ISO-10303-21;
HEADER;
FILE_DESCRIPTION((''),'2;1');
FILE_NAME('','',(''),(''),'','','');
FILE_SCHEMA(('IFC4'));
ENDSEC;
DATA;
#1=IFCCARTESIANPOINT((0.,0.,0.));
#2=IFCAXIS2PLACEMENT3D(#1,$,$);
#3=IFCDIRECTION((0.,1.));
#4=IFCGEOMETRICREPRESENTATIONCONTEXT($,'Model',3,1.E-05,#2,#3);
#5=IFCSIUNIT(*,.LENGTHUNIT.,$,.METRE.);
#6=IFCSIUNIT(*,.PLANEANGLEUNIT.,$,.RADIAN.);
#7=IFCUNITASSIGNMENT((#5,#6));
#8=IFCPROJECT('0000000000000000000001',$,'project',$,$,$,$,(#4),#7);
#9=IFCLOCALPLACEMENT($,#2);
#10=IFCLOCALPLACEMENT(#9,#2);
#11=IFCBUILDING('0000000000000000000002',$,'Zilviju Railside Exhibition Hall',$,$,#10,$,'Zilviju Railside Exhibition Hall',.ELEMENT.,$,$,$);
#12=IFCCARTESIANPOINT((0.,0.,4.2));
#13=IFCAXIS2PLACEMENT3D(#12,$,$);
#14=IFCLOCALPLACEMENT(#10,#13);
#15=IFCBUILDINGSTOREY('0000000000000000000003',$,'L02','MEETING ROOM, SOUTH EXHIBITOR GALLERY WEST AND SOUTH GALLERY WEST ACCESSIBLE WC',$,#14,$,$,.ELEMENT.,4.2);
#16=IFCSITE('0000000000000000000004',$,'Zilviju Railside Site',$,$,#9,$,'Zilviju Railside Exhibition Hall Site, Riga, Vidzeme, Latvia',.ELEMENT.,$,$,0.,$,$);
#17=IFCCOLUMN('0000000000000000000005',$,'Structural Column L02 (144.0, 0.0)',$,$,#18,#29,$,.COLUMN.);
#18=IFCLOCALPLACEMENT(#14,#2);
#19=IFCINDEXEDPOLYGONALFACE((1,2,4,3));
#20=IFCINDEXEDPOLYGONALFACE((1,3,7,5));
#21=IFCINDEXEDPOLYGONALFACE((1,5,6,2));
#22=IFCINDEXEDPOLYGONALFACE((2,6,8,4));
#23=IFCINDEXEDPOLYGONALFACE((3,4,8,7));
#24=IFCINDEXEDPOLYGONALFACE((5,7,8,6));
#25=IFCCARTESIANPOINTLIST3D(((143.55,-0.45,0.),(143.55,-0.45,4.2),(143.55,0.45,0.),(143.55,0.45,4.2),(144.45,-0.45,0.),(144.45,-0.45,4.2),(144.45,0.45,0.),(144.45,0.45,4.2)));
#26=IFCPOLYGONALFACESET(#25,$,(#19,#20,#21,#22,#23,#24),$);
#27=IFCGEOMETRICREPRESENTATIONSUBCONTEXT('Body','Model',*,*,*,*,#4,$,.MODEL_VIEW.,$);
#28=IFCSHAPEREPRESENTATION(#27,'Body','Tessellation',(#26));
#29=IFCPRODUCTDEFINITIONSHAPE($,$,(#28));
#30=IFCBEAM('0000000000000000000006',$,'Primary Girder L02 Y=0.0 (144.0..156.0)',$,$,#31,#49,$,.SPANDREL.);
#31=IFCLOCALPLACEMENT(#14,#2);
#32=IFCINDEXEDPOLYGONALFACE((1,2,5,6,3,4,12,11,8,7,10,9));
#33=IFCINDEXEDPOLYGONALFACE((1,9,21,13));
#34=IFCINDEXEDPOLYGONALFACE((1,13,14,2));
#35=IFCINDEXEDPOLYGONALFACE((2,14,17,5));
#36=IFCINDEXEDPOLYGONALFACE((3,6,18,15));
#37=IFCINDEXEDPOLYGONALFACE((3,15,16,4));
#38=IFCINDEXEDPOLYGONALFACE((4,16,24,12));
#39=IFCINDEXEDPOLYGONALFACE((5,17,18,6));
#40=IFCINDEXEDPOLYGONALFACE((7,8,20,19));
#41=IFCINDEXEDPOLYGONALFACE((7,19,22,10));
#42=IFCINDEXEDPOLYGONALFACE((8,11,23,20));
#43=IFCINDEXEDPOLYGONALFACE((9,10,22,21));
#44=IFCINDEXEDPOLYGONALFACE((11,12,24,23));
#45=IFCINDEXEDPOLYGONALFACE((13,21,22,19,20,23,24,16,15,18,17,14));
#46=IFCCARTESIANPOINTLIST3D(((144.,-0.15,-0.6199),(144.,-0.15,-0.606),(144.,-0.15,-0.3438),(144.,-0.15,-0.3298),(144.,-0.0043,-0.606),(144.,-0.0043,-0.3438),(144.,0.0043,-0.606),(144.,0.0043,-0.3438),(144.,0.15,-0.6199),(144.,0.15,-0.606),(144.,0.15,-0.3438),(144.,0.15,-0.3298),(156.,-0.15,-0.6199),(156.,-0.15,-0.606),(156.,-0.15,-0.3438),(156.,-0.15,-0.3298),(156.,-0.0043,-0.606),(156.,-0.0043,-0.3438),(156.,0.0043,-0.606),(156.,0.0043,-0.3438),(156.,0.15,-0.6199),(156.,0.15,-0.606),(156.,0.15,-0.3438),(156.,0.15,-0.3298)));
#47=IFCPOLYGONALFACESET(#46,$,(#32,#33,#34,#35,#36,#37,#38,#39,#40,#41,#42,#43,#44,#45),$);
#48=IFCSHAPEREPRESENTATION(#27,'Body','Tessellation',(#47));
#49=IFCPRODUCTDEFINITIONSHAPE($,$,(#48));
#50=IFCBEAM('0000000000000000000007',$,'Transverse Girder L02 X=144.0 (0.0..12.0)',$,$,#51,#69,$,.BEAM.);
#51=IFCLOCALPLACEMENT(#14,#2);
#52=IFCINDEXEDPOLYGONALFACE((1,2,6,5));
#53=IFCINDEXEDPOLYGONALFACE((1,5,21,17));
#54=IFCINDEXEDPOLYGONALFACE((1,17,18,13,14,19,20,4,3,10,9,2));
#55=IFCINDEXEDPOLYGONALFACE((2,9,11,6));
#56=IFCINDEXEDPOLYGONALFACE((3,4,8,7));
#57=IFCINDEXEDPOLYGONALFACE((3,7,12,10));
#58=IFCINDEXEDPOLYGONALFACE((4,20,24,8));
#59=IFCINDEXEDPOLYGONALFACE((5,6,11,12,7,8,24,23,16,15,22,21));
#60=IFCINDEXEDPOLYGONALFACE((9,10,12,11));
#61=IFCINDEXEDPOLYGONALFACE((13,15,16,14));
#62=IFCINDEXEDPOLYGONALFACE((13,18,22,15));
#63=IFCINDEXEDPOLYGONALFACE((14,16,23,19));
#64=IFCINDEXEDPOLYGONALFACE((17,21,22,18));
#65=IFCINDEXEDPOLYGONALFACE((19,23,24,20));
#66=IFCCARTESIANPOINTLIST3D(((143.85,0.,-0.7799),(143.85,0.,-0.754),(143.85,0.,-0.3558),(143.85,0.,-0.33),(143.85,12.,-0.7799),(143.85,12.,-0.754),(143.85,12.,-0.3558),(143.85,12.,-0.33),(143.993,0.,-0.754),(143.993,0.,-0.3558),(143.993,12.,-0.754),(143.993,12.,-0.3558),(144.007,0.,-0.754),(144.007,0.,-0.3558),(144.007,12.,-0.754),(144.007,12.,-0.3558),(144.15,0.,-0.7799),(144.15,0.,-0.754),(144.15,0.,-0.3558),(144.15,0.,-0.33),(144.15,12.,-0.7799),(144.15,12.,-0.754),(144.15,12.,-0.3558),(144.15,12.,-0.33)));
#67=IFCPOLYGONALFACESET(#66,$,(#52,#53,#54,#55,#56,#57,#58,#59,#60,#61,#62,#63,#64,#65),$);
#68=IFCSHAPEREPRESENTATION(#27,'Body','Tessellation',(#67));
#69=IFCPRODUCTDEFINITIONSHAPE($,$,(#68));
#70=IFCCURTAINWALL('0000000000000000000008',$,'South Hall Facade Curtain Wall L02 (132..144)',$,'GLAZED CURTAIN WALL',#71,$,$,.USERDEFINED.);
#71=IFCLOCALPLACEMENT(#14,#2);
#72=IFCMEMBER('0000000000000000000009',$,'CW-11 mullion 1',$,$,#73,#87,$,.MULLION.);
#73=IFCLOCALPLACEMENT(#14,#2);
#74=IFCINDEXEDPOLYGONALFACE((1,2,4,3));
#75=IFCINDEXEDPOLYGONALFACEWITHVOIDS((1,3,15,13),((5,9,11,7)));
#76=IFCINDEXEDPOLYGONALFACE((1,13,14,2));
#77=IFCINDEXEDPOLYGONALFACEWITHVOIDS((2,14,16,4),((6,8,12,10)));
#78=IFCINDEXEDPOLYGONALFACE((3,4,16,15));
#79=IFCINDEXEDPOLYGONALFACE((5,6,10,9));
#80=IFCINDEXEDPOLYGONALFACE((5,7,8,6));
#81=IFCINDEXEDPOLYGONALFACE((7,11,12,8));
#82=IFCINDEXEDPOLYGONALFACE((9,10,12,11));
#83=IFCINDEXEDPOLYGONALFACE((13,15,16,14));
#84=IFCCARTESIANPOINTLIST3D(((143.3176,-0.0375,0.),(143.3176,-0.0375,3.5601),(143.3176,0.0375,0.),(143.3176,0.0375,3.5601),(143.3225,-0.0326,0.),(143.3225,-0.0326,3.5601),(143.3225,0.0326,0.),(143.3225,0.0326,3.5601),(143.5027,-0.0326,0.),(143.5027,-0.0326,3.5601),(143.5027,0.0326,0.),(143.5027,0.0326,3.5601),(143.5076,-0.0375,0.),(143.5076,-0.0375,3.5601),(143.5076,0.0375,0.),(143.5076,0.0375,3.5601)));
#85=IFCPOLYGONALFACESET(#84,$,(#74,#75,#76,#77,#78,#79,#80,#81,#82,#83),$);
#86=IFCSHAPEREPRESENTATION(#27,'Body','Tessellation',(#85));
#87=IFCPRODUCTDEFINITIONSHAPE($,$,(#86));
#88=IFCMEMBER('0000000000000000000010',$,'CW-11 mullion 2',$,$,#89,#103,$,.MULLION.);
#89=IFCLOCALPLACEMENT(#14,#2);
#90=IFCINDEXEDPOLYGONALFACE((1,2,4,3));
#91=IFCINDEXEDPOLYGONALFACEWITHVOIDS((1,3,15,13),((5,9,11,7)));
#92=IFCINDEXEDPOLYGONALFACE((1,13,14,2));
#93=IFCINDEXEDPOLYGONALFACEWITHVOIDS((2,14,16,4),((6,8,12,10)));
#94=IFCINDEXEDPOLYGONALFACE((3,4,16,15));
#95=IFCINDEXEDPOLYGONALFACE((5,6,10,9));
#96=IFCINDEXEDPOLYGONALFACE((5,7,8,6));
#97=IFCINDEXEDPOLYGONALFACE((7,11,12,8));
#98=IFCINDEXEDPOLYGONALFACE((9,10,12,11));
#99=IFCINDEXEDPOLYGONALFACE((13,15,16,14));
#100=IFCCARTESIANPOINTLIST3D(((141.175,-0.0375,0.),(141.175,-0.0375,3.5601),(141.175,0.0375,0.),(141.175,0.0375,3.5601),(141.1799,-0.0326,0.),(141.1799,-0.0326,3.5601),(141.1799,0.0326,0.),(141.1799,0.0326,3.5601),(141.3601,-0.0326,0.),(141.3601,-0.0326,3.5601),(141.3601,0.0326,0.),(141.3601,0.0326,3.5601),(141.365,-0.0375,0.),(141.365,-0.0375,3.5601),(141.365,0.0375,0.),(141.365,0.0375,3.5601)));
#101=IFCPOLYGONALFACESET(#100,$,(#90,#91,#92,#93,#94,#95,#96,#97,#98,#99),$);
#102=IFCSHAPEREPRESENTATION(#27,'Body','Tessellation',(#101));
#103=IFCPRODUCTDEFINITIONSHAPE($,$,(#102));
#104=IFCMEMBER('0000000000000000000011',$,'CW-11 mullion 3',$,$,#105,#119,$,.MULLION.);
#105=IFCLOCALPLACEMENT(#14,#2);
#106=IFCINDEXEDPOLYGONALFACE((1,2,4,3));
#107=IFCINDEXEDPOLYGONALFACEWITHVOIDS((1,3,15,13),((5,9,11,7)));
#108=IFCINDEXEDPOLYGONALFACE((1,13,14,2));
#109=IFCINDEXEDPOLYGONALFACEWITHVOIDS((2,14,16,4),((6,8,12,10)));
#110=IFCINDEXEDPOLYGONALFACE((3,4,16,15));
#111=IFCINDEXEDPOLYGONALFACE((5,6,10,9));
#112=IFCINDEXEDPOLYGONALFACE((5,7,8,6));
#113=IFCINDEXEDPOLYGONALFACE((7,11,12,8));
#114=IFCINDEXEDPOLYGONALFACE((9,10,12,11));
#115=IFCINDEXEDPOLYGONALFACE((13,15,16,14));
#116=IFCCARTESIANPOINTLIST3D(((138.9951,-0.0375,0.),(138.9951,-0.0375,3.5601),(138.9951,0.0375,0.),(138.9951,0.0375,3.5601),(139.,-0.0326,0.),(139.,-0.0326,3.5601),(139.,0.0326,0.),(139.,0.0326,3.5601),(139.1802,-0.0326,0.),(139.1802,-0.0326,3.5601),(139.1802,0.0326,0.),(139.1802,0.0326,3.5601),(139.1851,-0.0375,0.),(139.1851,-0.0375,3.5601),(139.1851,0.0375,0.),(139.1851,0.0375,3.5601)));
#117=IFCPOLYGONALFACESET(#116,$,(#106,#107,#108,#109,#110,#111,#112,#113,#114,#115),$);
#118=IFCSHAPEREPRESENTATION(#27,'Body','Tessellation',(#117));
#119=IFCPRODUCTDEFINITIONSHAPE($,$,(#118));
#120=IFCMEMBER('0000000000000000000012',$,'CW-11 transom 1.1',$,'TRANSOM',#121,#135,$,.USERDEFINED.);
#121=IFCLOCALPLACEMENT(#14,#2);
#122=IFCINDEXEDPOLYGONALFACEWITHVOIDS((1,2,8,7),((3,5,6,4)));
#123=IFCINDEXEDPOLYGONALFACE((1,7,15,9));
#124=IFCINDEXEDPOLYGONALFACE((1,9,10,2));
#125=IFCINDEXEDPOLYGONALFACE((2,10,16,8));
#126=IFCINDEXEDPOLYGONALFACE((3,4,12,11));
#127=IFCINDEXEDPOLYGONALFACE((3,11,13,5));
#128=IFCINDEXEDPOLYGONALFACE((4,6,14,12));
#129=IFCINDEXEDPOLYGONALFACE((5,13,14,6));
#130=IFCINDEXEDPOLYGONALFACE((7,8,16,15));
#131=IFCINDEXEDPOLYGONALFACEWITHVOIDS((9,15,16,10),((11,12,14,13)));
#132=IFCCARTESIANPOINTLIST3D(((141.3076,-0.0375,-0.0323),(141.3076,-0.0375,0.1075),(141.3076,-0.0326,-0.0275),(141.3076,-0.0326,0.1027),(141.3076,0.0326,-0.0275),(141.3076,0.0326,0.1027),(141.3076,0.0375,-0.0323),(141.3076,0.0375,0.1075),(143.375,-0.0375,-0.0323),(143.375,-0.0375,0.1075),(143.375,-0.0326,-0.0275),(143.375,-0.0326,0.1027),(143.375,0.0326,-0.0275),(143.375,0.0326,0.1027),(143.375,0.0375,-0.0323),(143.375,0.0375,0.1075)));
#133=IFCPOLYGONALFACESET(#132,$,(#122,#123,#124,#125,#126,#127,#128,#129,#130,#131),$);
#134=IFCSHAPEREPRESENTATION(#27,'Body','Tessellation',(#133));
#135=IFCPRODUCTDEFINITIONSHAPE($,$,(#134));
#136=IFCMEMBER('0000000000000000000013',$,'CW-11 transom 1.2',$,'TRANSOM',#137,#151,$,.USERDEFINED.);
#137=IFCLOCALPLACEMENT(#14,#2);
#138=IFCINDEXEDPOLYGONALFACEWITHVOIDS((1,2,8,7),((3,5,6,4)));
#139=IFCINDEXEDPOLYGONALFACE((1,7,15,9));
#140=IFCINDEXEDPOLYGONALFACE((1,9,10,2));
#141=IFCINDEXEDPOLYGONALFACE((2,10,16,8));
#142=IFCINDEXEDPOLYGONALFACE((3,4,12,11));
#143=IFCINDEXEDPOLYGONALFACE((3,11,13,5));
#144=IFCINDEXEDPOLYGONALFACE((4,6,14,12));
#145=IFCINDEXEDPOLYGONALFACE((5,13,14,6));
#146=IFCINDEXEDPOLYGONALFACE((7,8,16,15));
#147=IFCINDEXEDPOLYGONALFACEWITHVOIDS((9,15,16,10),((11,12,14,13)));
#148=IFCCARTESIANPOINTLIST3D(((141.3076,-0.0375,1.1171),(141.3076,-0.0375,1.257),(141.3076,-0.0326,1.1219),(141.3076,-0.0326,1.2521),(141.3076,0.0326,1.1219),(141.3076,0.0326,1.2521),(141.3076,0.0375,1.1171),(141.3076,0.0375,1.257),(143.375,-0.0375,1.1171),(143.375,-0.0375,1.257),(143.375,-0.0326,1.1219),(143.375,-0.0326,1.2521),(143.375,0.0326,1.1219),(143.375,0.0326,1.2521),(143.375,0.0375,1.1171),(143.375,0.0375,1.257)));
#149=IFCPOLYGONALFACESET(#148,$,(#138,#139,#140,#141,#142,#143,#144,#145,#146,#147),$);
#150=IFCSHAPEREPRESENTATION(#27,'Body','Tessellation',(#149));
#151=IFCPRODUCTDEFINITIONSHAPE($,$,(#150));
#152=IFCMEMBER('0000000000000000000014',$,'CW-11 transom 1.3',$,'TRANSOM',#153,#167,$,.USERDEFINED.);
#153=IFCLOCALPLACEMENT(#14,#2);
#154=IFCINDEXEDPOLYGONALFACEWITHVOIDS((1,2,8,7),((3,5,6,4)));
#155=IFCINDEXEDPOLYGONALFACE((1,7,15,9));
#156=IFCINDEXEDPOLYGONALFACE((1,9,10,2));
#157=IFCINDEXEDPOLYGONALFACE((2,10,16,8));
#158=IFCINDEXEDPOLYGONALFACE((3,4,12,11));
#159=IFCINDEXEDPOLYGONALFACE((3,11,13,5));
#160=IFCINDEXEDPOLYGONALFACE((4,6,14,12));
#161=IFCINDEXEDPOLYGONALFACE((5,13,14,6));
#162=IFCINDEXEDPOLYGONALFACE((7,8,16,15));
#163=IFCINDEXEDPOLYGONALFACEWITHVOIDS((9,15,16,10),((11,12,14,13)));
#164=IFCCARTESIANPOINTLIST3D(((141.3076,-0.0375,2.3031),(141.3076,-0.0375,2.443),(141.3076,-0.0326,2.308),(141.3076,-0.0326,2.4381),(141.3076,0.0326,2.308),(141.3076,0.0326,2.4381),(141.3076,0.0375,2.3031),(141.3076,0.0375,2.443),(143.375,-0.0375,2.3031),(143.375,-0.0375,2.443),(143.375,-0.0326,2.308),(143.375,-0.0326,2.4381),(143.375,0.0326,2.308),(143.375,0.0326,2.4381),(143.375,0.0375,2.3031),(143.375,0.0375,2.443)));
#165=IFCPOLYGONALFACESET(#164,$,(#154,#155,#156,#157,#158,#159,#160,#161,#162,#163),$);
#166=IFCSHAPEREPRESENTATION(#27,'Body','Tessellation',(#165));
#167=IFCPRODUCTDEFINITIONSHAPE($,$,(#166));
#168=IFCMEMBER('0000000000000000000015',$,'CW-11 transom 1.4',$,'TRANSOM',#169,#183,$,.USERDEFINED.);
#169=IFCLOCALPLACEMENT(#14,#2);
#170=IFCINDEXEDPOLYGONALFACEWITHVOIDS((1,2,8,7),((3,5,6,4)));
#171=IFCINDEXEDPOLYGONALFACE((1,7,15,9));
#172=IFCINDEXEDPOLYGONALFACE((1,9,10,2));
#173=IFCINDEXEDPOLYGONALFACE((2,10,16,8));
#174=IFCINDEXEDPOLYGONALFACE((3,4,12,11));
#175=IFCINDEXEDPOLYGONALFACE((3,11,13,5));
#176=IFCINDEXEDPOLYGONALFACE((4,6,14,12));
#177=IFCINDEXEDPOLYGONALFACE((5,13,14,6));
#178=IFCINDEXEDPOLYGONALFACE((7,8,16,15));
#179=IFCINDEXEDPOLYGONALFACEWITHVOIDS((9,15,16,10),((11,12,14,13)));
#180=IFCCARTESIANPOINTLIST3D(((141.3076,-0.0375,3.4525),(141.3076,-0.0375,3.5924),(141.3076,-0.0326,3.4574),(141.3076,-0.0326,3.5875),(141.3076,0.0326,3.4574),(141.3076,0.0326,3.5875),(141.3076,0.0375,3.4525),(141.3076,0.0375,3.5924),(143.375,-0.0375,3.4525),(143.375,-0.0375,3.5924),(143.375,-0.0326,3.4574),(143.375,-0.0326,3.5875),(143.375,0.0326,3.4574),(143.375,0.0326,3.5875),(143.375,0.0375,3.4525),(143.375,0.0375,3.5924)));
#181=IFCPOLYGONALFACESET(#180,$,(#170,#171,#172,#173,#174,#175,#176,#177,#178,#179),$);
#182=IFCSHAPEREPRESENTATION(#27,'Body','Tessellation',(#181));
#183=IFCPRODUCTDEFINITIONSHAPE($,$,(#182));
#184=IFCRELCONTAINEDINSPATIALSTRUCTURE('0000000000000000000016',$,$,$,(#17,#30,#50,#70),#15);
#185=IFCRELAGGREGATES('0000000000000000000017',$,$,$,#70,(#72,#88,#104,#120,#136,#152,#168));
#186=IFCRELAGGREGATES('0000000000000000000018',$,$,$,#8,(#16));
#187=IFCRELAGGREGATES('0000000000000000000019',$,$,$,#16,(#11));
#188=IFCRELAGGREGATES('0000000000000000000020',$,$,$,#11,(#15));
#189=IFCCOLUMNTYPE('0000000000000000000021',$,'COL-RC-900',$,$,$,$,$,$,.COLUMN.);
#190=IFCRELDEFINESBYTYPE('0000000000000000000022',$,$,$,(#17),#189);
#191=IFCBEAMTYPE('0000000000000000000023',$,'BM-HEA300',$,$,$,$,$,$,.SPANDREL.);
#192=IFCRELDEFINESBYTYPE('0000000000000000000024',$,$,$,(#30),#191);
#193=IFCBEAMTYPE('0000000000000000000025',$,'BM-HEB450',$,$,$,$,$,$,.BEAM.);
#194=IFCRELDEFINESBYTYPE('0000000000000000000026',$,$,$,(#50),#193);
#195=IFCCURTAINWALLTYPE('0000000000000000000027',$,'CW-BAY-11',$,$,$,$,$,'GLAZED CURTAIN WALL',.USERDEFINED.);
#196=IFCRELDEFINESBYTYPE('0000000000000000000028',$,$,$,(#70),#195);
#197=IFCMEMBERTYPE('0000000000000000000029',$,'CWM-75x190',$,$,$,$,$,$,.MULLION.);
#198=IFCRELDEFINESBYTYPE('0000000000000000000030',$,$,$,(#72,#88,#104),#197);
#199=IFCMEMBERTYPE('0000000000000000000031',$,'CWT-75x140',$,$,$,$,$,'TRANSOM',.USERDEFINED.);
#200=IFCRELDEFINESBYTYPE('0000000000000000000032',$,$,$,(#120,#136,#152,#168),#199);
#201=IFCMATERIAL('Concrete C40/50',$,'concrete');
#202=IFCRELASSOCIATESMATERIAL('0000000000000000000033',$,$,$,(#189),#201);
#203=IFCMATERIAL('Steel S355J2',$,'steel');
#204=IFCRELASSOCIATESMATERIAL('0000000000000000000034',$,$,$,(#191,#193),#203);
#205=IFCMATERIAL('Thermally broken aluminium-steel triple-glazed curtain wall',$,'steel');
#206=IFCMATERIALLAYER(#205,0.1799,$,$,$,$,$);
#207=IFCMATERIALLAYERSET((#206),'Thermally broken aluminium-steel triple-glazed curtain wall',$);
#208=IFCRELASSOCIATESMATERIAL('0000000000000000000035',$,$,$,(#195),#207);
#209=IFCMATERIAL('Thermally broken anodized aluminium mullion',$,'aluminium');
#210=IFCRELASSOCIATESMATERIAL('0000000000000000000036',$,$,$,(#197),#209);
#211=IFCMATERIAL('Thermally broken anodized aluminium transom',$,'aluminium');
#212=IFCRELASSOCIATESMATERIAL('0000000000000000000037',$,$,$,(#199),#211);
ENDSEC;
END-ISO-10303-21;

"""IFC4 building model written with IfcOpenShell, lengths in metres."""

from ifc_helpers import new_model, si_unit, direction, frame, origin, origin_2d, place, context, subcontext, project, spatial, rectangle, hollow_rectangle, i_section, extrude, material, layer, layer_set, material_profile, profile_set, type_object, element, aggregate, save


model = new_model("IFC4")

# Units and contexts
model_context = context("Model", 3, precision=1e-05, world=origin(), true_north=direction((0.0, 1.0)))
body_context = subcontext(model_context, "Body", "Model", "MODEL_VIEW")
ifc_project = project(units=[si_unit("LENGTHUNIT", "METRE"), si_unit("PLANEANGLEUNIT", "RADIAN")], contexts=[model_context])

# Site, building, storey
site_placement = place(None, origin())
site = spatial("IfcSite", under=ifc_project, at=site_placement, Name="Zilviju Railside Site", LongName="Zilviju Railside Exhibition Hall Site, Riga, Vidzeme, Latvia", CompositionType="ELEMENT", RefElevation=0.0)
building_placement = place(site_placement, origin())
building = spatial("IfcBuilding", under=site, at=building_placement, Name="Zilviju Railside Exhibition Hall", LongName="Zilviju Railside Exhibition Hall", CompositionType="ELEMENT")
storey_placement = place(building_placement, frame((0.0, 0.0, 4.2)))
storey = spatial("IfcBuildingStorey", under=building, at=storey_placement, Name="L02", Description="MEETING ROOM, SOUTH EXHIBITOR GALLERY WEST AND SOUTH GALLERY WEST ACCESSIBLE WC", CompositionType="ELEMENT", Elevation=4.2)

# Column
ifc_material_1 = material(Name="Concrete C40/50", Category="concrete")
ifc_material_profile_1 = material_profile(ifc_material_1, rectangle(XDim=0.8999, YDim=0.8999, at=origin_2d()), Name="RC COL 900x900")
ifc_profile_set_1 = profile_set([ifc_material_profile_1], Name="Concrete C40/50")
column_type = type_object("IfcColumnType", Name="COL-RC-900", PredefinedType="COLUMN", material=ifc_profile_set_1)
column_placement = place(storey_placement, frame((144.0, 0.0, 0.0), z_axis=(0.0, 0.0, 1.0), x_axis=(1.0, 0.0, 0.0)))
element("IfcColumn", 1, at=column_placement, inside=storey, type_object=column_type, Name="Structural Column L02 (144.0, 0.0)", PredefinedType="COLUMN", context=body_context, shape_type="SweptSolid", body=[
    extrude(rectangle(XDim=0.8999, YDim=0.8999, at=origin_2d()), origin(), (0.0, 0.0, 1.0), 4.2),
])

# Beams
ifc_material_2 = material(Name="Steel S355J2", Category="steel")
ifc_material_profile_2 = material_profile(ifc_material_2, i_section(OverallWidth=0.3, OverallDepth=0.29, WebThickness=0.0085, FlangeThickness=0.0139, at=origin_2d()), Name="HEA 300")
ifc_profile_set_2 = profile_set([ifc_material_profile_2], Name="Steel S355J2")
beam_type_1 = type_object("IfcBeamType", Name="BM-HEA300", PredefinedType="SPANDREL", material=ifc_profile_set_2)
beam_1_placement = place(storey_placement, frame((144.0, 0.0, -0.4749), z_axis=(1.0, 0.0, 0.0), x_axis=(0.0, 1.0, 0.0)))
element("IfcBeam", 2, at=beam_1_placement, inside=storey, type_object=beam_type_1, Name="Primary Girder L02 Y=0.0 (144.0..156.0)", PredefinedType="SPANDREL", context=body_context, shape_type="SweptSolid", body=[
    extrude(i_section(OverallWidth=0.3, OverallDepth=0.29, WebThickness=0.0085, FlangeThickness=0.0139, at=origin_2d()), origin(), (0.0, 0.0, 1.0), 12.0),
])
ifc_material_profile_3 = material_profile(ifc_material_2, i_section(OverallWidth=0.3, OverallDepth=0.45, WebThickness=0.0139, FlangeThickness=0.0259, at=origin_2d()), Name="HEB 450")
ifc_profile_set_3 = profile_set([ifc_material_profile_3], Name="Steel S355J2")
beam_type_2 = type_object("IfcBeamType", Name="BM-HEB450", PredefinedType="BEAM", material=ifc_profile_set_3)
beam_2_placement = place(storey_placement, frame((144.0, 0.0, -0.5549), z_axis=(0.0, 1.0, 0.0), x_axis=(-1.0, 0.0, 0.0)))
element("IfcBeam", 3, at=beam_2_placement, inside=storey, type_object=beam_type_2, Name="Transverse Girder L02 X=144.0 (0.0..12.0)", PredefinedType="BEAM", context=body_context, shape_type="SweptSolid", body=[
    extrude(i_section(OverallWidth=0.3, OverallDepth=0.45, WebThickness=0.0139, FlangeThickness=0.0259, at=origin_2d()), origin(), (0.0, 0.0, 1.0), 12.0),
])

# Curtain wall, members
ifc_material_3 = material(Name="Thermally broken aluminium-steel triple-glazed curtain wall", Category="steel")
ifc_layer_1 = layer(ifc_material_3, 0.1799)
ifc_layer_set_1 = layer_set([ifc_layer_1], Name="Thermally broken aluminium-steel triple-glazed curtain wall")
curtain_wall_type = type_object("IfcCurtainWallType", Name="CW-BAY-11", ElementType="GLAZED CURTAIN WALL", PredefinedType="USERDEFINED", material=ifc_layer_set_1)
curtain_wall_placement = place(storey_placement, origin())
curtain_wall = element("IfcCurtainWall", 4, at=curtain_wall_placement, inside=storey, type_object=curtain_wall_type, Name="South Hall Facade Curtain Wall L02 (132..144)", ObjectType="GLAZED CURTAIN WALL", PredefinedType="USERDEFINED")
ifc_material_4 = material(Name="Thermally broken anodized aluminium mullion", Category="aluminium")
ifc_material_profile_4 = material_profile(ifc_material_4, hollow_rectangle(XDim=0.075, YDim=0.1899, WallThickness=0.0049, at=origin_2d()), Name="MULLION 190x75x5")
ifc_profile_set_4 = profile_set([ifc_material_profile_4], Name="Thermally broken anodized aluminium mullion")
member_type_1 = type_object("IfcMemberType", Name="CWM-75x190", PredefinedType="MULLION", material=ifc_profile_set_4)
member_1_placement = place(storey_placement, frame((143.4126, 0.0, 0.0), z_axis=(0.0, 0.0, 1.0), x_axis=(0.0, -1.0, 0.0)))
member_1 = element("IfcMember", 5, at=member_1_placement, type_object=member_type_1, Name="CW-11 mullion 1", PredefinedType="MULLION", context=body_context, shape_type="SweptSolid", body=[
    extrude(hollow_rectangle(XDim=0.075, YDim=0.1899, WallThickness=0.0049, at=origin_2d()), origin(), (0.0, 0.0, 1.0), 3.5601),
])
member_2_placement = place(storey_placement, frame((141.27, 0.0, 0.0), z_axis=(0.0, 0.0, 1.0), x_axis=(0.0, -1.0, 0.0)))
member_2 = element("IfcMember", 6, at=member_2_placement, type_object=member_type_1, Name="CW-11 mullion 2", PredefinedType="MULLION", context=body_context, shape_type="SweptSolid", body=[
    extrude(hollow_rectangle(XDim=0.075, YDim=0.1899, WallThickness=0.0049, at=origin_2d()), origin(), (0.0, 0.0, 1.0), 3.5601),
])
member_3_placement = place(storey_placement, frame((139.0901, 0.0, 0.0), z_axis=(0.0, 0.0, 1.0), x_axis=(0.0, -1.0, 0.0)))
member_3 = element("IfcMember", 7, at=member_3_placement, type_object=member_type_1, Name="CW-11 mullion 3", PredefinedType="MULLION", context=body_context, shape_type="SweptSolid", body=[
    extrude(hollow_rectangle(XDim=0.075, YDim=0.1899, WallThickness=0.0049, at=origin_2d()), origin(), (0.0, 0.0, 1.0), 3.5601),
])
ifc_material_5 = material(Name="Thermally broken anodized aluminium transom", Category="aluminium")
ifc_material_profile_5 = material_profile(ifc_material_5, hollow_rectangle(XDim=0.075, YDim=0.1399, WallThickness=0.0049, at=origin_2d()), Name="TRANSOM 140x75x5")
ifc_profile_set_5 = profile_set([ifc_material_profile_5], Name="Thermally broken anodized aluminium transom")
member_type_2 = type_object("IfcMemberType", Name="CWT-75x140", ElementType="TRANSOM", PredefinedType="USERDEFINED", material=ifc_profile_set_5)
member_4_placement = place(storey_placement, frame((143.375, 0.0, 0.0376), z_axis=(-1.0, 0.0, 0.0), x_axis=(0.0, -1.0, 0.0)))
member_4 = element("IfcMember", 8, at=member_4_placement, type_object=member_type_2, Name="CW-11 transom 1.1", ObjectType="TRANSOM", PredefinedType="USERDEFINED", context=body_context, shape_type="SweptSolid", body=[
    extrude(hollow_rectangle(XDim=0.075, YDim=0.1399, WallThickness=0.0049, at=origin_2d()), origin(), (0.0, 0.0, 1.0), 2.0674),
])
member_5_placement = place(storey_placement, frame((143.375, 0.0, 1.187), z_axis=(-1.0, 0.0, 0.0), x_axis=(0.0, -1.0, 0.0)))
member_5 = element("IfcMember", 9, at=member_5_placement, type_object=member_type_2, Name="CW-11 transom 1.2", ObjectType="TRANSOM", PredefinedType="USERDEFINED", context=body_context, shape_type="SweptSolid", body=[
    extrude(hollow_rectangle(XDim=0.075, YDim=0.1399, WallThickness=0.0049, at=origin_2d()), origin(), (0.0, 0.0, 1.0), 2.0674),
])
member_6_placement = place(storey_placement, frame((143.375, 0.0, 2.373), z_axis=(-1.0, 0.0, 0.0), x_axis=(0.0, -1.0, 0.0)))
member_6 = element("IfcMember", 10, at=member_6_placement, type_object=member_type_2, Name="CW-11 transom 1.3", ObjectType="TRANSOM", PredefinedType="USERDEFINED", context=body_context, shape_type="SweptSolid", body=[
    extrude(hollow_rectangle(XDim=0.075, YDim=0.1399, WallThickness=0.0049, at=origin_2d()), origin(), (0.0, 0.0, 1.0), 2.0674),
])
member_7_placement = place(storey_placement, frame((143.375, 0.0, 3.5225), z_axis=(-1.0, 0.0, 0.0), x_axis=(0.0, -1.0, 0.0)))
member_7 = element("IfcMember", 11, at=member_7_placement, type_object=member_type_2, Name="CW-11 transom 1.4", ObjectType="TRANSOM", PredefinedType="USERDEFINED", context=body_context, shape_type="SweptSolid", body=[
    extrude(hollow_rectangle(XDim=0.075, YDim=0.1399, WallThickness=0.0049, at=origin_2d()), origin(), (0.0, 0.0, 1.0), 2.0674),
])
aggregate(curtain_wall, [member_1, member_2, member_3, member_4, member_5, member_6, member_7])

save(model, "model.ifc")
